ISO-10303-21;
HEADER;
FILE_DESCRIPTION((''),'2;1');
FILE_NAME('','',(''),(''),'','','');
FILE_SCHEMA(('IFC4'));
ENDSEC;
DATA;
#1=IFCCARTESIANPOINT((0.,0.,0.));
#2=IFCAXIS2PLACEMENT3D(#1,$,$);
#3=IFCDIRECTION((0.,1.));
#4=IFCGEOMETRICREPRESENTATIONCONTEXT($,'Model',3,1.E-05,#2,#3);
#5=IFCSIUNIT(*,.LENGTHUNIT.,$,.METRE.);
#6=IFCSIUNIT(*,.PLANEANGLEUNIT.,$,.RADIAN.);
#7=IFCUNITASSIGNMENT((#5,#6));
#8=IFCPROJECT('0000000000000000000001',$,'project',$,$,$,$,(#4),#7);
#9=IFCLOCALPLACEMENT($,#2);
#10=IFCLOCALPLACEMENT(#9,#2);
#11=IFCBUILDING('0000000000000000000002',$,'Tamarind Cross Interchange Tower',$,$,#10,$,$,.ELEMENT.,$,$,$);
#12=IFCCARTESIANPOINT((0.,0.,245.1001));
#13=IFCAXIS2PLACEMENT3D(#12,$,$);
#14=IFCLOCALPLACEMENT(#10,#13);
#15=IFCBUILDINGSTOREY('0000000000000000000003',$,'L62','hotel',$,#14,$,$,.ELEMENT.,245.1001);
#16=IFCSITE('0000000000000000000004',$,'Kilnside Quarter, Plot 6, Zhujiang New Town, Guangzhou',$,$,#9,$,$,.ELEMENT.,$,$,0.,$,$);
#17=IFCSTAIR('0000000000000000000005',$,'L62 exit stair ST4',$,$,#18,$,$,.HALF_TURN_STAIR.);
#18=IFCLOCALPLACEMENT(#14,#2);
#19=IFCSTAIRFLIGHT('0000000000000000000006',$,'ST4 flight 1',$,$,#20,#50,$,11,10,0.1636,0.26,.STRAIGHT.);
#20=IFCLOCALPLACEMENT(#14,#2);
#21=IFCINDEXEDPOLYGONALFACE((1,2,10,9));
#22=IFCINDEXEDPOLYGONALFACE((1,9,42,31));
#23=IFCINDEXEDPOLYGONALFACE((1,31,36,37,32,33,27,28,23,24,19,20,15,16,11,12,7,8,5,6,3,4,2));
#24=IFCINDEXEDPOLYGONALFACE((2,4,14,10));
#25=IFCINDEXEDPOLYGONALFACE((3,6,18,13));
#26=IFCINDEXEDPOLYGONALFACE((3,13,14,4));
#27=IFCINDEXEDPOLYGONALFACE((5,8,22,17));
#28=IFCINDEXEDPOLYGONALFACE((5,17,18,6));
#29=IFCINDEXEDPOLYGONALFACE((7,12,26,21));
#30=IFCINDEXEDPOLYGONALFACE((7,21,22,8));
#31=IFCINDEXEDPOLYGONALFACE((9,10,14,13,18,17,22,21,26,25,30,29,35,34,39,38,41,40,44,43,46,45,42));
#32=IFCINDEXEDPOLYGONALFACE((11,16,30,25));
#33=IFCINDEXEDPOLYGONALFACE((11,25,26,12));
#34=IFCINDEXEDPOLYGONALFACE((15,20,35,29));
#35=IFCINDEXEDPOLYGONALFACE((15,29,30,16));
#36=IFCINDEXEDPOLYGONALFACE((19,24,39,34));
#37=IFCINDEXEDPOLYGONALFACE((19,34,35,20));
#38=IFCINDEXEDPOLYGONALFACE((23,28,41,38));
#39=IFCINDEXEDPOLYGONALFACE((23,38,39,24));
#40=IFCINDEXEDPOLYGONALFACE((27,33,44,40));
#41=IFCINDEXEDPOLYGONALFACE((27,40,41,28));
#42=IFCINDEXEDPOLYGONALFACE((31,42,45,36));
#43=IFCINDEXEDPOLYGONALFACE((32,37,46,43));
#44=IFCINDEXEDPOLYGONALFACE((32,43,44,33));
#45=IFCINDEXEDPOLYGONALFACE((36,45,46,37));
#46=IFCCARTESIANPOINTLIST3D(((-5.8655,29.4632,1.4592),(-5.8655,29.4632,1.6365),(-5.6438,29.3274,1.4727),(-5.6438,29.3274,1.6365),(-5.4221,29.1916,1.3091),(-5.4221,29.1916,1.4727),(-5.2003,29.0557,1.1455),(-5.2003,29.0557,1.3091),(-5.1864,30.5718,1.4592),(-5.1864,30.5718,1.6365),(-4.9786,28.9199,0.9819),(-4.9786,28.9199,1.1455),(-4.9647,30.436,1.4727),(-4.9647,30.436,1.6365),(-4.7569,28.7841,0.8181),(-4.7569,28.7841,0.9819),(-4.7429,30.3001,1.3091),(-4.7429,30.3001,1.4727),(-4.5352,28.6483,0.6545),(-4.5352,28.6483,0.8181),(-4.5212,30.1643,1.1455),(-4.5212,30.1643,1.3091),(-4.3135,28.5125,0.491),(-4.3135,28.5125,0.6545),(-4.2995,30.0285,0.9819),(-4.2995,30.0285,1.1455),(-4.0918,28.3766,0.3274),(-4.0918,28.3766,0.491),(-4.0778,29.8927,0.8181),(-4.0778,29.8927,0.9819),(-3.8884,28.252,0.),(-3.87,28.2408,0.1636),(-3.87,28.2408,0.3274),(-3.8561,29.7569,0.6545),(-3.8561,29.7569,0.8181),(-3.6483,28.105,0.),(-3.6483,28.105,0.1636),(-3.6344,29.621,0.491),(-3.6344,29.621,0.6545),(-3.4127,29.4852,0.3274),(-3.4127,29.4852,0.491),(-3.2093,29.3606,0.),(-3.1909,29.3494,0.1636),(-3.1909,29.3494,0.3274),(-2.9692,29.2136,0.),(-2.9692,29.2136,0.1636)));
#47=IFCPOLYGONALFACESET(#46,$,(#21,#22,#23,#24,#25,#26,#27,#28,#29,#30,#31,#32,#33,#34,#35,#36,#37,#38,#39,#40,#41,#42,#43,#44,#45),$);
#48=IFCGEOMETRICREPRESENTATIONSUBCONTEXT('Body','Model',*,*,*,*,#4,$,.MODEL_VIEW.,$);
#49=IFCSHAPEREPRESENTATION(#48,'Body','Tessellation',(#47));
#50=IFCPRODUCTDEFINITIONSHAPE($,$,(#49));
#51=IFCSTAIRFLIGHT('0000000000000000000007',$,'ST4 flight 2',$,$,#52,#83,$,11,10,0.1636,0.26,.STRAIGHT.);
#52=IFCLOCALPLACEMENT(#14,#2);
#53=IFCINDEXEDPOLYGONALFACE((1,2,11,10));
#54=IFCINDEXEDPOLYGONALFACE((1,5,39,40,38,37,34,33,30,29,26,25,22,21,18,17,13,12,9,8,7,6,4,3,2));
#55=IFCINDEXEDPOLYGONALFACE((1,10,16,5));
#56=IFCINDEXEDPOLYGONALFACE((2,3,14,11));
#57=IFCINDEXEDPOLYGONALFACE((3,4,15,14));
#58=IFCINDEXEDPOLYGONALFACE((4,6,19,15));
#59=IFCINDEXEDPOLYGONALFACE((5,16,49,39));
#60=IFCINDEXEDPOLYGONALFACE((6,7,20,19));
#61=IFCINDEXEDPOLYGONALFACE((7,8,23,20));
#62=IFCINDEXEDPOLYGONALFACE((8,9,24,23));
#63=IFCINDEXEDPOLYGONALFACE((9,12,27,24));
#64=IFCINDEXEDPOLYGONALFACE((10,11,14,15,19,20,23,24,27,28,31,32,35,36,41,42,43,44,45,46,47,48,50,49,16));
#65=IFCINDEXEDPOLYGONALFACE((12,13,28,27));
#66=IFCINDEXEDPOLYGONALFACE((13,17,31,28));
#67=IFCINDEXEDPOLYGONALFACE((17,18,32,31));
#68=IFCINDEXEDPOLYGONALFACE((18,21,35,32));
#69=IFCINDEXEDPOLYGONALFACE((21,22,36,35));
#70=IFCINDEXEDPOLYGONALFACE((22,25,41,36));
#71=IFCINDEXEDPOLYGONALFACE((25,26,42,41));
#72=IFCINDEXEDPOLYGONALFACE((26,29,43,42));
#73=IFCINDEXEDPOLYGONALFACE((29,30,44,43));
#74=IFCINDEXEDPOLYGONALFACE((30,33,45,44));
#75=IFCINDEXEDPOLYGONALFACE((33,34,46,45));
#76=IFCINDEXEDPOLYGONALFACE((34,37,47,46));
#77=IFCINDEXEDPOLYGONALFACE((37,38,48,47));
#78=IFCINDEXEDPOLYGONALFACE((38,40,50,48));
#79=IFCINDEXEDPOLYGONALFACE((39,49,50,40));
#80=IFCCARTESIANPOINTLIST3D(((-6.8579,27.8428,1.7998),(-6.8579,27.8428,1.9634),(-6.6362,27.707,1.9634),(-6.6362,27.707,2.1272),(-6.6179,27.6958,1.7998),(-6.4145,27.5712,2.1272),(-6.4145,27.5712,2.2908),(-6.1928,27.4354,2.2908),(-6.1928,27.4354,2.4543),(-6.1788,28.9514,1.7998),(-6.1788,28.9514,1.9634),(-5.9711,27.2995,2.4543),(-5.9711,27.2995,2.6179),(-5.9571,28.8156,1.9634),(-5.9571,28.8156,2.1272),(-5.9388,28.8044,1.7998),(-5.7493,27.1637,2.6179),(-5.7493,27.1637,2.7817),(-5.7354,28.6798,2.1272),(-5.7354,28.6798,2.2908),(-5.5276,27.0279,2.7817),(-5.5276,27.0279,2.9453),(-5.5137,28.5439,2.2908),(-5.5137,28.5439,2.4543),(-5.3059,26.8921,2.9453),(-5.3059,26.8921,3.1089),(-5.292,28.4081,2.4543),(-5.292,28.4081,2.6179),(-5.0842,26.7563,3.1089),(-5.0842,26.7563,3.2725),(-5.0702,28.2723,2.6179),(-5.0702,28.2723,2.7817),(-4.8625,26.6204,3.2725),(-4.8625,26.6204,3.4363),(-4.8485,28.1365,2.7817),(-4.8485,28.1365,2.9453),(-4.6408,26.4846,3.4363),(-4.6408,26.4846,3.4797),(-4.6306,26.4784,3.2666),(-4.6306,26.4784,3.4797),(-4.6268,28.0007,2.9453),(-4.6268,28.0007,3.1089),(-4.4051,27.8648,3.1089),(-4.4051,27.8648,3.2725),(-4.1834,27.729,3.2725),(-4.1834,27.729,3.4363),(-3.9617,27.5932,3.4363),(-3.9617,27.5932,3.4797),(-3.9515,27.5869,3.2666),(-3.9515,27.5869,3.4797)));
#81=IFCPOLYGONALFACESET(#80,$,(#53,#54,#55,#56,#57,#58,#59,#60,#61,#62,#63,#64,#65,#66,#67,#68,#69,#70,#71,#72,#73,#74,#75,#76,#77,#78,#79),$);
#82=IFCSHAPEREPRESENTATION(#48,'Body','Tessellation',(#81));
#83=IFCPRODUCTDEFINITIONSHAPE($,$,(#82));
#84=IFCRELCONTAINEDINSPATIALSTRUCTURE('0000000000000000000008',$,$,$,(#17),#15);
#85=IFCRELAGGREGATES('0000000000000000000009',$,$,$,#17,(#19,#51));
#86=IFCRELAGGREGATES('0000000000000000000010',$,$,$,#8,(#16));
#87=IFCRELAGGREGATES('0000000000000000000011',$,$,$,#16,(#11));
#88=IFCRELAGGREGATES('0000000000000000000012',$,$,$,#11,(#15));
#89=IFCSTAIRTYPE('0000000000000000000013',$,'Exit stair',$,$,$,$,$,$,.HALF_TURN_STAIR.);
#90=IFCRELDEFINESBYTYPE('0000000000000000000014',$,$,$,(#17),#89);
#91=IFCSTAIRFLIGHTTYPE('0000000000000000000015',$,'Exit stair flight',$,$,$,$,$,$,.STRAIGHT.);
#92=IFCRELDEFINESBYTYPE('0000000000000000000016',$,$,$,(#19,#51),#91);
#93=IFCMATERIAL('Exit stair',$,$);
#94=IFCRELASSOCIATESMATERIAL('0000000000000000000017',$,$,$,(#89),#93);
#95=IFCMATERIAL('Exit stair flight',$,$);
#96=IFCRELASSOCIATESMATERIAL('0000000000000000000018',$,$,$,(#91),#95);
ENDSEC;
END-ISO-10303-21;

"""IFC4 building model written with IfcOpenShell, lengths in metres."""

from ifc_helpers import new_model, si_unit, direction, frame, origin, place, context, subcontext, project, spatial, polyline, outline, extrude, material, type_object, element, aggregate, save


model = new_model("IFC4")

# Units and contexts
model_context = context("Model", 3, precision=1e-05, world=origin(), true_north=direction((0.0, 1.0)))
body_context = subcontext(model_context, "Body", "Model", "MODEL_VIEW")
ifc_project = project(units=[si_unit("LENGTHUNIT", "METRE"), si_unit("PLANEANGLEUNIT", "RADIAN")], contexts=[model_context])

# Site, building, storey
site_placement = place(None, origin())
site = spatial("IfcSite", under=ifc_project, at=site_placement, Name="Kilnside Quarter, Plot 6, Zhujiang New Town, Guangzhou", CompositionType="ELEMENT", RefElevation=0.0)
building_placement = place(site_placement, origin())
building = spatial("IfcBuilding", under=site, at=building_placement, Name="Tamarind Cross Interchange Tower", CompositionType="ELEMENT")
storey_placement = place(building_placement, frame((0.0, 0.0, 245.1001)))
storey = spatial("IfcBuildingStorey", under=building, at=storey_placement, Name="L62", Description="hotel", CompositionType="ELEMENT", Elevation=245.1001)

# Stair, stair flights
ifc_material_1 = material(Name="Exit stair")
stair_type = type_object("IfcStairType", Name="Exit stair", PredefinedType="HALF_TURN_STAIR", material=ifc_material_1)
stair_placement = place(storey_placement, origin())
stair = element("IfcStair", 1, at=stair_placement, inside=storey, type_object=stair_type, Name="L62 exit stair ST4", PredefinedType="HALF_TURN_STAIR")
ifc_material_2 = material(Name="Exit stair flight")
stair_flight_type = type_object("IfcStairFlightType", Name="Exit stair flight", PredefinedType="STRAIGHT", material=ifc_material_2)
stair_flight_1_placement = place(storey_placement, frame((-3.3088, 28.6592, 0.0), z_axis=(0.0, 0.0, 1.0), x_axis=(-0.85272, 0.522368, 0.0)))
stair_flight_1 = element("IfcStairFlight", 2, at=stair_flight_1_placement, type_object=stair_flight_type, Name="ST4 flight 1", NumberOfRisers=11, NumberOfTreads=10, PredefinedType="STRAIGHT", RiserHeight=0.1636, TreadLength=0.26, context=body_context, shape_type="SweptSolid", body=[
    extrude(outline(polyline([(0.0, 0.0), (0.0, 0.1636), (0.26, 0.1636), (0.26, 0.3274), (0.52, 0.3274), (0.52, 0.491), (0.78, 0.491), (0.78, 0.6545), (1.04, 0.6545), (1.04, 0.8181), (1.3, 0.8181), (1.3, 0.9819), (1.5601, 0.9819), (1.5601, 1.1455), (1.8201, 1.1455), (1.8201, 1.3091), (2.0801, 1.3091), (2.0801, 1.4727), (2.3401, 1.4727), (2.3401, 1.6365), (2.6001, 1.6365), (2.6001, 1.8), (2.6001, 1.4592), (0.2815, 0.0), (0.0, 0.0)])), frame((0.0, 0.6499, 0.0), z_axis=(0.0, -1.0, 0.0), x_axis=(1.0, 0.0, 0.0)), (0.0, 0.0, 1.0), 1.3),
])
stair_flight_2_placement = place(storey_placement, frame((-6.5183, 28.3972, 1.7998), z_axis=(0.0, 0.0, 1.0), x_axis=(0.85272, -0.522368, 0.0)))
stair_flight_2 = element("IfcStairFlight", 3, at=stair_flight_2_placement, type_object=stair_flight_type, Name="ST4 flight 2", NumberOfRisers=11, NumberOfTreads=10, PredefinedType="STRAIGHT", RiserHeight=0.1636, TreadLength=0.26, context=body_context, shape_type="SweptSolid", body=[
    extrude(outline(polyline([(0.0, 0.0), (0.0, 0.1636), (0.26, 0.1636), (0.26, 0.3274), (0.52, 0.3274), (0.52, 0.491), (0.78, 0.491), (0.78, 0.6545), (1.04, 0.6545), (1.04, 0.8181), (1.3, 0.8181), (1.3, 0.9819), (1.5601, 0.9819), (1.5601, 1.1455), (1.8201, 1.1455), (1.8201, 1.3091), (2.0801, 1.3091), (2.0801, 1.4727), (2.3401, 1.4727), (2.3401, 1.6365), (2.6001, 1.6365), (2.6001, 1.6799), (2.6121, 1.6799), (2.6121, 1.4668), (0.2815, 0.0), (0.0, 0.0)])), frame((0.0, 0.6499, 0.0), z_axis=(0.0, -1.0, 0.0), x_axis=(1.0, 0.0, 0.0)), (0.0, 0.0, 1.0), 1.3),
])
aggregate(stair, [stair_flight_1, stair_flight_2])

save(model, "model.ifc")
